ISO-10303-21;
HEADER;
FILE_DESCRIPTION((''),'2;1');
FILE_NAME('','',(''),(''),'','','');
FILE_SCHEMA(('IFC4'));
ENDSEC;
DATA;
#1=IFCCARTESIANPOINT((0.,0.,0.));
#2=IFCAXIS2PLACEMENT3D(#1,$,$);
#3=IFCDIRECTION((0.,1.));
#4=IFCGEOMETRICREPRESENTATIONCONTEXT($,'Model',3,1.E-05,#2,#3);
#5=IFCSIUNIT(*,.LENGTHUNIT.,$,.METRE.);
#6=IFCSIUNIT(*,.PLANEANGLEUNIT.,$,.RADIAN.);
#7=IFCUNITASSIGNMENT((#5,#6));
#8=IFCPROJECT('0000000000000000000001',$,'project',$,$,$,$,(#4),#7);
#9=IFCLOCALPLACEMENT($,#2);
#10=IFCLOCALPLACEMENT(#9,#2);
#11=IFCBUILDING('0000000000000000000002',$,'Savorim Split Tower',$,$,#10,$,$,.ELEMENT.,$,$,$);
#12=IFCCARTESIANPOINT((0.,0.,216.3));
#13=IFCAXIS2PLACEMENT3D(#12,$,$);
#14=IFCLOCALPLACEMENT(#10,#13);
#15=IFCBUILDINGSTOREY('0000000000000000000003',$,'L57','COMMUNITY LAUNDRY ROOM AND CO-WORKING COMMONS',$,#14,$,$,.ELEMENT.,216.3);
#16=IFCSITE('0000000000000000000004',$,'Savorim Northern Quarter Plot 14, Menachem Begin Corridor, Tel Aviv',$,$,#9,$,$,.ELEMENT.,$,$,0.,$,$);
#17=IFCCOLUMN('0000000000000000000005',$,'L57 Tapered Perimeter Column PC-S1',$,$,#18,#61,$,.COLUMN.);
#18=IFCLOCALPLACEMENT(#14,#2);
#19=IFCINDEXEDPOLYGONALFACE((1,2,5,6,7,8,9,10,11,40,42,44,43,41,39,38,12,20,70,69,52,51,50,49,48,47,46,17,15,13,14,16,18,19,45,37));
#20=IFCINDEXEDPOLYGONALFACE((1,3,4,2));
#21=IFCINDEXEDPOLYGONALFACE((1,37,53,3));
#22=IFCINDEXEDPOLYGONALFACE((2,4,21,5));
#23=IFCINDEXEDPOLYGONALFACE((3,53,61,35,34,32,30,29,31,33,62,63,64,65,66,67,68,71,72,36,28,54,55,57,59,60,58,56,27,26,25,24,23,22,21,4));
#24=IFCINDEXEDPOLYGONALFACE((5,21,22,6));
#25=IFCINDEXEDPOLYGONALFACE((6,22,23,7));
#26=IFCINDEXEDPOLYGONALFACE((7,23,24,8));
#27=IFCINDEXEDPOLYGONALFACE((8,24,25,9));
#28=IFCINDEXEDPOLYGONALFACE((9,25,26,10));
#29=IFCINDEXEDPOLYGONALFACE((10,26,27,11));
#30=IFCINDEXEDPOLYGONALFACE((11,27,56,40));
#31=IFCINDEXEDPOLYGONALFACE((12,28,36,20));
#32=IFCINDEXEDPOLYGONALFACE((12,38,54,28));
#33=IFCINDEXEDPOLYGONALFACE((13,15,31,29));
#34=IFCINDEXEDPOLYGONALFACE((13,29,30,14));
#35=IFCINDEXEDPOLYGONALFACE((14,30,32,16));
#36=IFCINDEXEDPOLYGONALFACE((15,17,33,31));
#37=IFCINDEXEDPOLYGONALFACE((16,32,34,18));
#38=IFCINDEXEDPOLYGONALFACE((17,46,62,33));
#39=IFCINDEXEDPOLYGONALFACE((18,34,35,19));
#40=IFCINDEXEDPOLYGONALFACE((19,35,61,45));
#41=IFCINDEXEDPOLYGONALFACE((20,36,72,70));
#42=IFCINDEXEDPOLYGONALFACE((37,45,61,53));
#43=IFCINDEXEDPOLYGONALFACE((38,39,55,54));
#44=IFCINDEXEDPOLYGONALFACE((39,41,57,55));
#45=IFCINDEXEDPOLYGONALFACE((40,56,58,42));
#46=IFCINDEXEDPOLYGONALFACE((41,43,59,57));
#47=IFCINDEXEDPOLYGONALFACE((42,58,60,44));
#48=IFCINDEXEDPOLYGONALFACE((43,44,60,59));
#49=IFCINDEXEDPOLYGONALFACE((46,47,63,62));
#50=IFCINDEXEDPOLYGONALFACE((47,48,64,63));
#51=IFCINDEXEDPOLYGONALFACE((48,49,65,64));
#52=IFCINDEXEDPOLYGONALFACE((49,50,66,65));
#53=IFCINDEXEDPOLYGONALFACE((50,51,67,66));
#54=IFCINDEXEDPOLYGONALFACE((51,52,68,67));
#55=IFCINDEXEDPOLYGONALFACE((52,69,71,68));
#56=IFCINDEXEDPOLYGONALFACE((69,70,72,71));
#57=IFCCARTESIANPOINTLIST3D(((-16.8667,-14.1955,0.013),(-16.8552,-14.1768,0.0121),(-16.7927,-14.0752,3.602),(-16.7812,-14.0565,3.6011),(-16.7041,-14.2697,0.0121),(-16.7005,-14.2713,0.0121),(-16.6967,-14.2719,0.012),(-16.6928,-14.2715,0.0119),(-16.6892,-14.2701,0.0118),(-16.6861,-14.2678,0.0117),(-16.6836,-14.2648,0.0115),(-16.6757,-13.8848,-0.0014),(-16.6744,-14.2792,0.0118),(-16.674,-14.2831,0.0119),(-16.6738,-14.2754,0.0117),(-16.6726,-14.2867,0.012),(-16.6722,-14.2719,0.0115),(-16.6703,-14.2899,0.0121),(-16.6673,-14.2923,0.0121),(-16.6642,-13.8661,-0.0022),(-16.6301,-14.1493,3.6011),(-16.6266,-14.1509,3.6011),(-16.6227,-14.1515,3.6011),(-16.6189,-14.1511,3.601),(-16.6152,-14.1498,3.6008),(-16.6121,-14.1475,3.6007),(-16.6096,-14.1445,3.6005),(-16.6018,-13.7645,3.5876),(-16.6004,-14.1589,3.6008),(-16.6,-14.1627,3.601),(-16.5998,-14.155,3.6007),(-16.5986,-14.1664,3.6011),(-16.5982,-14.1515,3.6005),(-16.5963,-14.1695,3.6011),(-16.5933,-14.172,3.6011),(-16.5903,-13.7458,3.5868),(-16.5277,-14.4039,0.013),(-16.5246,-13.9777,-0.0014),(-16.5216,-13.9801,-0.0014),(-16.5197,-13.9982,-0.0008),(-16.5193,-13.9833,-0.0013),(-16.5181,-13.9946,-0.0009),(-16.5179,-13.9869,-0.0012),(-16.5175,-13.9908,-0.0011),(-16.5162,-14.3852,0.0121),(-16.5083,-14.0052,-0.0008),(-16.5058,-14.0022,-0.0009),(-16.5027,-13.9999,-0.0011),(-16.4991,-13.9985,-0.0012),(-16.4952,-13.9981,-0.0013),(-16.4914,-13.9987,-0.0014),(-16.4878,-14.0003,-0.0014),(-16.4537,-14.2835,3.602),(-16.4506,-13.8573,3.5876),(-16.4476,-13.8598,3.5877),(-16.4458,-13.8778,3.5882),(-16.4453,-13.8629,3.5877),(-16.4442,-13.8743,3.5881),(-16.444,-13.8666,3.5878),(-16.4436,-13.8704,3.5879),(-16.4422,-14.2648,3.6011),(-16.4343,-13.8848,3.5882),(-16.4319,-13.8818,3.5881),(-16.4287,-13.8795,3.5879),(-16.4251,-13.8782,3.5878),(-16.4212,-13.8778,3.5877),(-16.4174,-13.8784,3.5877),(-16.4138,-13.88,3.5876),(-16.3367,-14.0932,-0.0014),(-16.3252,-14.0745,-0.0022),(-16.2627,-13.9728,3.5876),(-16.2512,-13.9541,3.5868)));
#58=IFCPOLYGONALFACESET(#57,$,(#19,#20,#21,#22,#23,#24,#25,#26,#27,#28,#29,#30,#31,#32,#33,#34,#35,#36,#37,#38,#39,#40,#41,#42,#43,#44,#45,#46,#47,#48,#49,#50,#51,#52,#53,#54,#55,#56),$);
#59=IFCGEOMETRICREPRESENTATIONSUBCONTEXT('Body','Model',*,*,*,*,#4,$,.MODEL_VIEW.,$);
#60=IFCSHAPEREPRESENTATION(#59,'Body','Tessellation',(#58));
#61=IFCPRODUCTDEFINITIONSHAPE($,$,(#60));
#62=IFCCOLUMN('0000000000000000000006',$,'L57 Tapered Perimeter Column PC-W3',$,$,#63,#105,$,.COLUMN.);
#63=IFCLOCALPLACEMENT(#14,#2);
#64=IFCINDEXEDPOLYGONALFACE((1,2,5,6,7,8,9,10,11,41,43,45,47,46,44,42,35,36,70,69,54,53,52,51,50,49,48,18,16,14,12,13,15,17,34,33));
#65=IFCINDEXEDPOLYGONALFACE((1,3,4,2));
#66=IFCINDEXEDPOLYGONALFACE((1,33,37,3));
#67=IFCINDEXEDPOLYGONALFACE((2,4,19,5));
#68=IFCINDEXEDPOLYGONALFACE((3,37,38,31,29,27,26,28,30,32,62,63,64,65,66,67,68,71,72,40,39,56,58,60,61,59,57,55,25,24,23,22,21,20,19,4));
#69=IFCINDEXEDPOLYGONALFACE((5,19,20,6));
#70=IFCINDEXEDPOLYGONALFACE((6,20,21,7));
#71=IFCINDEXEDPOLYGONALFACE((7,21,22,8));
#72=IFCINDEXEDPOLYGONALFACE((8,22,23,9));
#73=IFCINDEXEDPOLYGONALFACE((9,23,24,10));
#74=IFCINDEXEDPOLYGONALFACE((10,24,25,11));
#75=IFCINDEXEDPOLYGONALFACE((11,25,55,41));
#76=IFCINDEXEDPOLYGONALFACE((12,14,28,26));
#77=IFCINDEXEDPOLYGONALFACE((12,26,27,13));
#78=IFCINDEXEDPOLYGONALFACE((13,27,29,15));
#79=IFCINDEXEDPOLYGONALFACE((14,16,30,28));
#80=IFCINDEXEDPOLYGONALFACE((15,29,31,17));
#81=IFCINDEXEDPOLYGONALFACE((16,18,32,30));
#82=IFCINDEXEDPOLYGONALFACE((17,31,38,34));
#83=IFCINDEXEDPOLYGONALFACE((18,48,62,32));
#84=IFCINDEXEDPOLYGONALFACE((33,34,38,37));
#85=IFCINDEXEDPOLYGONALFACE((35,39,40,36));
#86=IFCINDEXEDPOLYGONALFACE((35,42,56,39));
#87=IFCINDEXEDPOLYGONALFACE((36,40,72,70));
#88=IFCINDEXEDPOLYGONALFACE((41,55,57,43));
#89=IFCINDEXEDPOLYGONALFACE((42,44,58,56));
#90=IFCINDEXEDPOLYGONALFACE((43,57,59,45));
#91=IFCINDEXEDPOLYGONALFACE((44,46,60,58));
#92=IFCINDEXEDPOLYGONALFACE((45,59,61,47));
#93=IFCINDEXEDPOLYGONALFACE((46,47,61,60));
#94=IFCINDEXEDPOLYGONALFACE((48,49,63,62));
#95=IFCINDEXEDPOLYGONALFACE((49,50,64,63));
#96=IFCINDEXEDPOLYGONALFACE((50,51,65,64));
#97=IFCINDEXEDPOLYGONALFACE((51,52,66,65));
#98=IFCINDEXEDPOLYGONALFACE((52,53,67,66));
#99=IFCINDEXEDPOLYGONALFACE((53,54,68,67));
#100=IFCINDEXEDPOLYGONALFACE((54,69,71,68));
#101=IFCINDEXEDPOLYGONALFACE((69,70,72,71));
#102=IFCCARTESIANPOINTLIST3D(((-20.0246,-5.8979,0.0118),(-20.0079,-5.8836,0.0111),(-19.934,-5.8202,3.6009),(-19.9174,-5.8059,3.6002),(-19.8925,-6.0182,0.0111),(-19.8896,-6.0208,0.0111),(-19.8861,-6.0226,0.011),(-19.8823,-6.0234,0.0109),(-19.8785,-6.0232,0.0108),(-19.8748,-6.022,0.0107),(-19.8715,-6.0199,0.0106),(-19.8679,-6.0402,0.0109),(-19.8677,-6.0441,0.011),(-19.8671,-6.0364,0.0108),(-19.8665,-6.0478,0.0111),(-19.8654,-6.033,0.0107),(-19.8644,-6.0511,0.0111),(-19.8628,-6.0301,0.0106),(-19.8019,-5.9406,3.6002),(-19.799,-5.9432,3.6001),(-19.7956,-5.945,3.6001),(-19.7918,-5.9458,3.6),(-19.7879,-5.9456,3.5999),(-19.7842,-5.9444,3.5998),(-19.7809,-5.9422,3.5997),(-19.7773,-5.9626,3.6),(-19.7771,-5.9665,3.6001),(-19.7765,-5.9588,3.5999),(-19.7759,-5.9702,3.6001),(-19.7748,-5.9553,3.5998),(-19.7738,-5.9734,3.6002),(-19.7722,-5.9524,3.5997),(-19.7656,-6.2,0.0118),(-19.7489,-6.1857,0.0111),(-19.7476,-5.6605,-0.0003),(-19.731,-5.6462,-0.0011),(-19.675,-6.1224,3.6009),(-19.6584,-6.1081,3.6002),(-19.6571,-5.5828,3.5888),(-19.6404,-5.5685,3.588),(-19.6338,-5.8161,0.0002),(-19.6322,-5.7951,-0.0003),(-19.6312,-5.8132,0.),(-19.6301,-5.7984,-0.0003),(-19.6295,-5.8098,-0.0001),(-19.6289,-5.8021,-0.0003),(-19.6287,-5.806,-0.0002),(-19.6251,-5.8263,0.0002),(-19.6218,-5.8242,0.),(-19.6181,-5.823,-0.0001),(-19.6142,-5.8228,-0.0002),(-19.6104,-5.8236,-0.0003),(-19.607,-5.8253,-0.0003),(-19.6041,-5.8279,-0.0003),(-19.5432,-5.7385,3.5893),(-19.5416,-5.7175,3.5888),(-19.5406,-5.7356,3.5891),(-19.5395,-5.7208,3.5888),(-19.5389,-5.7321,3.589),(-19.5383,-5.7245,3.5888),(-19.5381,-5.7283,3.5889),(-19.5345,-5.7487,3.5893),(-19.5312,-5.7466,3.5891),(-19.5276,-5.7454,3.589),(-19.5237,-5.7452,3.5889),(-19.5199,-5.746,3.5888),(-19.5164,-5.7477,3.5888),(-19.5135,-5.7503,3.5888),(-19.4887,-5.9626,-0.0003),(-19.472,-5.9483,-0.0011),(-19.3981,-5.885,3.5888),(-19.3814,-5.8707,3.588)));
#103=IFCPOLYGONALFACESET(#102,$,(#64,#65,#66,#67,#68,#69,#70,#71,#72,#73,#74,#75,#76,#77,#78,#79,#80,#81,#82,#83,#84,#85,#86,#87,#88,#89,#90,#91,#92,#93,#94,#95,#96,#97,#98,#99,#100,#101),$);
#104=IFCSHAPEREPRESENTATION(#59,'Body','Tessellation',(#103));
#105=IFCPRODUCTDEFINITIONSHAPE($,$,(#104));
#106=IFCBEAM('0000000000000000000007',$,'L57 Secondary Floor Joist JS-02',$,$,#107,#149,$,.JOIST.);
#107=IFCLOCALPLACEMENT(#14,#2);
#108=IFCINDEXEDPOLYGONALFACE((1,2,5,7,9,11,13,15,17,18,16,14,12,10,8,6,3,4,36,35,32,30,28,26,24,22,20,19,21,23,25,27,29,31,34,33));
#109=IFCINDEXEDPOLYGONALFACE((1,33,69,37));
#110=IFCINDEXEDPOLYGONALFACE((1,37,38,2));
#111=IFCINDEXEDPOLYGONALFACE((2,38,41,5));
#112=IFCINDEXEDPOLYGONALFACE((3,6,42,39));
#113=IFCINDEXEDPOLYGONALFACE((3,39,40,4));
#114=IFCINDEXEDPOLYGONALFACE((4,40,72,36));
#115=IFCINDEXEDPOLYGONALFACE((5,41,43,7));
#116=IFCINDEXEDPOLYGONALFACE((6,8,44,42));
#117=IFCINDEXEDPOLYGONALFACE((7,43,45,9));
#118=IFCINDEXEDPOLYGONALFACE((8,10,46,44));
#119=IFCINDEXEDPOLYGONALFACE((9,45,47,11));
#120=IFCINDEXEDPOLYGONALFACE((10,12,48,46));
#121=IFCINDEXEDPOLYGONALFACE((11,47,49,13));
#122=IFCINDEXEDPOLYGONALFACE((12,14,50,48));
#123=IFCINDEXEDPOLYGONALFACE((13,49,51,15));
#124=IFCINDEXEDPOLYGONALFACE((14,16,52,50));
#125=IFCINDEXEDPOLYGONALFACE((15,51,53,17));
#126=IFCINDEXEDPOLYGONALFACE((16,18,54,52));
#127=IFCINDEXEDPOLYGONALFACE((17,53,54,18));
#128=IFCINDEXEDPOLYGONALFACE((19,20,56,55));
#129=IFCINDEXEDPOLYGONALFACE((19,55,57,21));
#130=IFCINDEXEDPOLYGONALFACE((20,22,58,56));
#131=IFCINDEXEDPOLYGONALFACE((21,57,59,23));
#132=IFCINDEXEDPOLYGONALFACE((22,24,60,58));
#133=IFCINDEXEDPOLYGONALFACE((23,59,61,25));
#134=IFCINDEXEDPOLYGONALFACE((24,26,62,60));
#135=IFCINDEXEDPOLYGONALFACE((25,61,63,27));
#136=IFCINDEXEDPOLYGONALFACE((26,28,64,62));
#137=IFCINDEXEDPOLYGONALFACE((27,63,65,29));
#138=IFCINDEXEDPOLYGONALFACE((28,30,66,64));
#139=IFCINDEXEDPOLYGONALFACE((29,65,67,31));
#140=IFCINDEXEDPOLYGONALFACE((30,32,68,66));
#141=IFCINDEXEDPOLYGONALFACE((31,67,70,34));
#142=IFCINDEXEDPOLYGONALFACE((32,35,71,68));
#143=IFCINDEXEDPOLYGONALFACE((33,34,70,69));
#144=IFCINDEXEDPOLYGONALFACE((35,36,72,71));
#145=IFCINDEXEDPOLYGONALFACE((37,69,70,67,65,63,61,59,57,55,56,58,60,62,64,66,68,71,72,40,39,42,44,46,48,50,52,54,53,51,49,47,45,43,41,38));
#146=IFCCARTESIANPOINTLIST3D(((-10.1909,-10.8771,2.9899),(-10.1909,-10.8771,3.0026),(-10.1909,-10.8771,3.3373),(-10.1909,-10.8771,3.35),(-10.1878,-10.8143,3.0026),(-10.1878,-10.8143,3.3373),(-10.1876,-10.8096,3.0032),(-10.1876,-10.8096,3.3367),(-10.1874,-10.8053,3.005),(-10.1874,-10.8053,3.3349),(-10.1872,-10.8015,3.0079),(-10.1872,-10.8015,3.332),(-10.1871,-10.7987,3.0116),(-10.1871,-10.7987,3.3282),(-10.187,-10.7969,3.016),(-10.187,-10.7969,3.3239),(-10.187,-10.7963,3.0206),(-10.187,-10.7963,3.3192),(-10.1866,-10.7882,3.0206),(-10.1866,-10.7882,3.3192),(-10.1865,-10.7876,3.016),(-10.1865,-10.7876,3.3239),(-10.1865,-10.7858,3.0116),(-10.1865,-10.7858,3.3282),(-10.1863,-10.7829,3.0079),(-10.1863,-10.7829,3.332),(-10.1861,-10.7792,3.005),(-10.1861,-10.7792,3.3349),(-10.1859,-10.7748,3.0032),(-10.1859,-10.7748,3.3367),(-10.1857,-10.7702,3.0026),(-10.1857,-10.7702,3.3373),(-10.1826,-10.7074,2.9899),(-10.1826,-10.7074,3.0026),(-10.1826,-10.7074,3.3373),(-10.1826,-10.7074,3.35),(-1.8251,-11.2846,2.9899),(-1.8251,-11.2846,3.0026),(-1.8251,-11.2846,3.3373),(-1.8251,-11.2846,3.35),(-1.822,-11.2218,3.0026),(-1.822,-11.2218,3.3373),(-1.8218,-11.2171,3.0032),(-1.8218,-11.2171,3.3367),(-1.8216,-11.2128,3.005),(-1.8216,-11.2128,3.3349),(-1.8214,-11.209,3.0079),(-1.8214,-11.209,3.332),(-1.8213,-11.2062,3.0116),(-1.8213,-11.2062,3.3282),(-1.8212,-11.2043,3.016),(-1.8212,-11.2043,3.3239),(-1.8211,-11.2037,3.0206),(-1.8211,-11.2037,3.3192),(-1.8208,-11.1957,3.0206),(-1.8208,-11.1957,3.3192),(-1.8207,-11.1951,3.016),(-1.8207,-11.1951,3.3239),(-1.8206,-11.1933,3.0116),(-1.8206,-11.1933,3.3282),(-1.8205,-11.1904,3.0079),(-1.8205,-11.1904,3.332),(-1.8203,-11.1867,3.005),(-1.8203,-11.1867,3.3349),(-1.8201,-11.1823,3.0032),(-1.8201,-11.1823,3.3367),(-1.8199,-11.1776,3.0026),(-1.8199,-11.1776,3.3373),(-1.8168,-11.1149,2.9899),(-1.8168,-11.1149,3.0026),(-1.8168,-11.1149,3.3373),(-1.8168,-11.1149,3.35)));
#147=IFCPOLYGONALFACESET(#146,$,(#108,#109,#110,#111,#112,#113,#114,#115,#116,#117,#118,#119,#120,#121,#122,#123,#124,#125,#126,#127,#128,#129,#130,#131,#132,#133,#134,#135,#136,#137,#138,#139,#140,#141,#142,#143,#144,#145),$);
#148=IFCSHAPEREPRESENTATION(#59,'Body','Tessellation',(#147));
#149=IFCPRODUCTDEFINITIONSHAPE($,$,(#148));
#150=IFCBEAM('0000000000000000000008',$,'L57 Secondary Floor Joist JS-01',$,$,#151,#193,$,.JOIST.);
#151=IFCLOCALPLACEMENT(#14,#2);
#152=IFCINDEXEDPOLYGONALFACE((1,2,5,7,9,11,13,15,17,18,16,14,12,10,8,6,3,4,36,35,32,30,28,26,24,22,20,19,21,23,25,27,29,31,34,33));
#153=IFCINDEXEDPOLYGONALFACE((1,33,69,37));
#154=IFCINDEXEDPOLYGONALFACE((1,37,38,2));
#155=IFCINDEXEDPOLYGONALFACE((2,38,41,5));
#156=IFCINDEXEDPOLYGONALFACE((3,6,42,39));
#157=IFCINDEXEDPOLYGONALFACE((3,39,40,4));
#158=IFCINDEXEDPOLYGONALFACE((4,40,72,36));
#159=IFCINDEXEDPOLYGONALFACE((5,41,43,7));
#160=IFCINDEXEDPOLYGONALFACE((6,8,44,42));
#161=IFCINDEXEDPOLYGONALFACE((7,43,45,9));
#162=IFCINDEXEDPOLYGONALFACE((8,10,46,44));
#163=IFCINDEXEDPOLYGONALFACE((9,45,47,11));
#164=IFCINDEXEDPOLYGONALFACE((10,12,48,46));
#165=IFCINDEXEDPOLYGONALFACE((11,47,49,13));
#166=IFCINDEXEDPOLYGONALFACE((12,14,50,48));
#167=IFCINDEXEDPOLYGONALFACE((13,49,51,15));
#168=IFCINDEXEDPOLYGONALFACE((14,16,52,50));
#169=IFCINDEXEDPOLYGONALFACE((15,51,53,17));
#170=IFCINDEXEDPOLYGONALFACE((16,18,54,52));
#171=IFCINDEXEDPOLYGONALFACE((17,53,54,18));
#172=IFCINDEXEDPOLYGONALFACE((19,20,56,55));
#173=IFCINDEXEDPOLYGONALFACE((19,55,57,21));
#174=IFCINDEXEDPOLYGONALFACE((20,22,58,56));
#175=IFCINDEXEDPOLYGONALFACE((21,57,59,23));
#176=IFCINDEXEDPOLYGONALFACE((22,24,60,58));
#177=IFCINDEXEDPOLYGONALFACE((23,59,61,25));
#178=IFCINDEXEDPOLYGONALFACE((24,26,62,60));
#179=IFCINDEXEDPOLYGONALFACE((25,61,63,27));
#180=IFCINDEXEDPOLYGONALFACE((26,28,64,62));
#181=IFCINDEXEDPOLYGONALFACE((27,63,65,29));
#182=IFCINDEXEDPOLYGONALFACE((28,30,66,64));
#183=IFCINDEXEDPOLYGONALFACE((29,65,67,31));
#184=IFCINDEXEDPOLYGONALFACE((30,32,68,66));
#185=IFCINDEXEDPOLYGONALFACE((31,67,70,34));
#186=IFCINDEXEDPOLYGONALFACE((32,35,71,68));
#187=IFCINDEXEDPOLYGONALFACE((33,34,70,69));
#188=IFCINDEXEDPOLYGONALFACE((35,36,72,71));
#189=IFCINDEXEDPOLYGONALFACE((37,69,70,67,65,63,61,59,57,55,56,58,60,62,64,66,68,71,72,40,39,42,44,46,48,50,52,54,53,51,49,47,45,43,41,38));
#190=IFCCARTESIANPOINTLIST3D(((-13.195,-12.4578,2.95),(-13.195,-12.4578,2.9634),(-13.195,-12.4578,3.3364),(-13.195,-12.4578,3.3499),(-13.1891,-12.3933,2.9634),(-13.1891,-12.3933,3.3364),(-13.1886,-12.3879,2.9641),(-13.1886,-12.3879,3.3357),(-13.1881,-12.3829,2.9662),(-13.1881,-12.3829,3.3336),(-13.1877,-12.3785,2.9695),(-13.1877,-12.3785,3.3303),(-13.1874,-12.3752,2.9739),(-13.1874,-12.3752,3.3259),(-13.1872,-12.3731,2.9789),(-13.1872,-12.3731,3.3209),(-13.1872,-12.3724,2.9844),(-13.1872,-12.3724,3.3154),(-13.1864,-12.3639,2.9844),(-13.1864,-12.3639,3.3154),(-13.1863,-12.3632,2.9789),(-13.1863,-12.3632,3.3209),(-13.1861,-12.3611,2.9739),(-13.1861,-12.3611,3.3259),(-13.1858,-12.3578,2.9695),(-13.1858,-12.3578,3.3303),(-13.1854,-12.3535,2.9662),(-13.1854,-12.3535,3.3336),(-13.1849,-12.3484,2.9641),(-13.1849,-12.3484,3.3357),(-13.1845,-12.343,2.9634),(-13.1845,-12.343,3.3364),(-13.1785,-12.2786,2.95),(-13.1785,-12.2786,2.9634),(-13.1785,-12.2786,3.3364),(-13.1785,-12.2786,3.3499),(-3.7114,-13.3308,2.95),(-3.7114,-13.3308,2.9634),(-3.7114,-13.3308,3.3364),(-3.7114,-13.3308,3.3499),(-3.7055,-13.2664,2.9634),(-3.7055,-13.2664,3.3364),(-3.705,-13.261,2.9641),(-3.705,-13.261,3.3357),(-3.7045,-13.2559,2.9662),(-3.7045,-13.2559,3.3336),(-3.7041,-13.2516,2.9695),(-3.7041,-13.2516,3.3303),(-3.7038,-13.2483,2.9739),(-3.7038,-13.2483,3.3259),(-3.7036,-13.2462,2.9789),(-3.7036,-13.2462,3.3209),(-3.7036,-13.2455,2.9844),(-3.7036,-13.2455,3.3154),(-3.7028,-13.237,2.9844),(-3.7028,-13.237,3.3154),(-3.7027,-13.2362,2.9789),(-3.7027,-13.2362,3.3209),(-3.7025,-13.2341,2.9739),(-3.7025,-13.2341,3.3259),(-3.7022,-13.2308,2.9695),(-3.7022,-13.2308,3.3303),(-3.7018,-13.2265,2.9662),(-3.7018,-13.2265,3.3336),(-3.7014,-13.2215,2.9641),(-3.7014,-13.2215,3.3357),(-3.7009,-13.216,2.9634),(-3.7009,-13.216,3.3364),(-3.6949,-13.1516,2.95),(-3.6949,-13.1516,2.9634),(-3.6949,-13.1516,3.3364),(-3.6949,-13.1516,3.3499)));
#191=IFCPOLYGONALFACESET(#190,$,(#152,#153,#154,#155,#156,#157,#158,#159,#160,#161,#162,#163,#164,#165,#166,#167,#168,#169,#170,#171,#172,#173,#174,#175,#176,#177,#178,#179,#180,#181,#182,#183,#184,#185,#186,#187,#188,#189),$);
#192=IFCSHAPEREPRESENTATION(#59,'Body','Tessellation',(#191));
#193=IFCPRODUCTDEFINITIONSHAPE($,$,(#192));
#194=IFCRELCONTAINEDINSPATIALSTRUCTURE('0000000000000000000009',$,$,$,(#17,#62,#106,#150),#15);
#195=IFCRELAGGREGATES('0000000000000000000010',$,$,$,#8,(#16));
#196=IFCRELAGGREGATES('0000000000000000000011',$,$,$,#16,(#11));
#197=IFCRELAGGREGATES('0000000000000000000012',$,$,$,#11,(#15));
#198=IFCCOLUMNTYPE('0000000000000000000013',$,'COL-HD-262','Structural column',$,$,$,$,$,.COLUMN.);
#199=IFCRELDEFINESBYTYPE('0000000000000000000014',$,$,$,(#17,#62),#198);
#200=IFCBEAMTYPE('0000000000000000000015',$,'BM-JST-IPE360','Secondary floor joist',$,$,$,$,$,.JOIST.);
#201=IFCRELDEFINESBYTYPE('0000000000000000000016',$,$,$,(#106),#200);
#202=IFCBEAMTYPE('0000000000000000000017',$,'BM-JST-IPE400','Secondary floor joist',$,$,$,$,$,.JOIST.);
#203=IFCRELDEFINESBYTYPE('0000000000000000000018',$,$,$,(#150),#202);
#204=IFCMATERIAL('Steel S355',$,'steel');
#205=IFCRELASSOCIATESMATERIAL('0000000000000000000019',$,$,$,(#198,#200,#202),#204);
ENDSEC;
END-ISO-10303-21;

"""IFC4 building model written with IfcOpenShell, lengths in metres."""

from ifc_helpers import new_model, si_unit, direction, frame, origin, origin_2d, place, context, subcontext, project, spatial, i_section, extrude, material, material_profile, profile_set, type_object, element, save


model = new_model("IFC4")

# Units and contexts
model_context = context("Model", 3, precision=1e-05, world=origin(), true_north=direction((0.0, 1.0)))
body_context = subcontext(model_context, "Body", "Model", "MODEL_VIEW")
ifc_project = project(units=[si_unit("LENGTHUNIT", "METRE"), si_unit("PLANEANGLEUNIT", "RADIAN")], contexts=[model_context])

# Site, building, storey
site_placement = place(None, origin())
site = spatial("IfcSite", under=ifc_project, at=site_placement, Name="Savorim Northern Quarter Plot 14, Menachem Begin Corridor, Tel Aviv", CompositionType="ELEMENT", RefElevation=0.0)
building_placement = place(site_placement, origin())
building = spatial("IfcBuilding", under=site, at=building_placement, Name="Savorim Split Tower", CompositionType="ELEMENT")
storey_placement = place(building_placement, frame((0.0, 0.0, 216.3)))
storey = spatial("IfcBuildingStorey", under=building, at=storey_placement, Name="L57", Description="COMMUNITY LAUNDRY ROOM AND CO-WORKING COMMONS", CompositionType="ELEMENT", Elevation=216.3)

# Columns
ifc_material_1 = material(Name="Steel S355", Category="steel")
ifc_material_profile_1 = material_profile(ifc_material_1, i_section(OverallWidth=0.3979, OverallDepth=0.387, WebThickness=0.0134, FlangeThickness=0.022, FilletRadius=0.0149, at=origin_2d()), Name="HD 400x262")
ifc_profile_set_1 = profile_set([ifc_material_profile_1], Name="Steel S355")
column_type = type_object("IfcColumnType", Name="COL-HD-262", Description="Structural column", PredefinedType="COLUMN", material=ifc_profile_set_1)
column_1_placement = place(storey_placement, frame((-16.5959, -14.135, 0.0054), z_axis=(0.020595, 0.033509, 0.999226), x_axis=(-0.851955, 0.523615, 0.0)))
element("IfcColumn", 1, at=column_1_placement, inside=storey, type_object=column_type, Name="L57 Tapered Perimeter Column PC-S1", PredefinedType="COLUMN", context=body_context, shape_type="SweptSolid", body=[
    extrude(i_section(OverallWidth=0.3979, OverallDepth=0.387, WebThickness=0.0134, FlangeThickness=0.022, FilletRadius=0.0149, at=origin_2d()), origin(), (0.0, 0.0, 1.0), 3.5918),
])
column_2_placement = place(storey_placement, frame((-19.7483, -5.9231, 0.0054), z_axis=(0.025222, 0.021619, 0.999448), x_axis=(-0.650791, 0.759257, 0.0)))
element("IfcColumn", 2, at=column_2_placement, inside=storey, type_object=column_type, Name="L57 Tapered Perimeter Column PC-W3", PredefinedType="COLUMN", context=body_context, shape_type="SweptSolid", body=[
    extrude(i_section(OverallWidth=0.3979, OverallDepth=0.387, WebThickness=0.0134, FlangeThickness=0.022, FilletRadius=0.0149, at=origin_2d()), origin(), (0.0, 0.0, 1.0), 3.5911),
])

# Beams
ifc_material_profile_2 = material_profile(ifc_material_1, i_section(OverallWidth=0.1699, OverallDepth=0.3601, WebThickness=0.0081, FlangeThickness=0.0127, FilletRadius=0.0181, at=origin_2d()), Name="IPE 360")
ifc_profile_set_2 = profile_set([ifc_material_profile_2], Name="Steel S355")
beam_type_1 = type_object("IfcBeamType", Name="BM-JST-IPE360", Description="Secondary floor joist", PredefinedType="JOIST", material=ifc_profile_set_2)
beam_1_placement = place(storey_placement, frame((-10.1868, -10.7922, 3.1699), z_axis=(0.998816, -0.048649, 0.0), x_axis=(0.048649, 0.998816, 0.0)))
element("IfcBeam", 3, at=beam_1_placement, inside=storey, type_object=beam_type_1, Name="L57 Secondary Floor Joist JS-02", PredefinedType="JOIST", context=body_context, shape_type="SweptSolid", body=[
    extrude(i_section(OverallWidth=0.1699, OverallDepth=0.3601, WebThickness=0.0081, FlangeThickness=0.0127, FilletRadius=0.0181, at=origin_2d()), origin(), (0.0, 0.0, 1.0), 8.3757),
])
ifc_material_profile_3 = material_profile(ifc_material_1, i_section(OverallWidth=0.1799, OverallDepth=0.3999, WebThickness=0.0085, FlangeThickness=0.0134, FilletRadius=0.021, at=origin_2d()), Name="IPE 400")
ifc_profile_set_3 = profile_set([ifc_material_profile_3], Name="Steel S355")
beam_type_2 = type_object("IfcBeamType", Name="BM-JST-IPE400", Description="Secondary floor joist", PredefinedType="JOIST", material=ifc_profile_set_3)
beam_2_placement = place(storey_placement, frame((-13.1868, -12.3682, 3.1499), z_axis=(0.995789, -0.091671, 0.0), x_axis=(0.091671, 0.995789, 0.0)))
element("IfcBeam", 4, at=beam_2_placement, inside=storey, type_object=beam_type_2, Name="L57 Secondary Floor Joist JS-01", PredefinedType="JOIST", context=body_context, shape_type="SweptSolid", body=[
    extrude(i_section(OverallWidth=0.1799, OverallDepth=0.3999, WebThickness=0.0085, FlangeThickness=0.0134, FilletRadius=0.021, at=origin_2d()), origin(), (0.0, 0.0, 1.0), 9.5237),
])

save(model, "model.ifc")
